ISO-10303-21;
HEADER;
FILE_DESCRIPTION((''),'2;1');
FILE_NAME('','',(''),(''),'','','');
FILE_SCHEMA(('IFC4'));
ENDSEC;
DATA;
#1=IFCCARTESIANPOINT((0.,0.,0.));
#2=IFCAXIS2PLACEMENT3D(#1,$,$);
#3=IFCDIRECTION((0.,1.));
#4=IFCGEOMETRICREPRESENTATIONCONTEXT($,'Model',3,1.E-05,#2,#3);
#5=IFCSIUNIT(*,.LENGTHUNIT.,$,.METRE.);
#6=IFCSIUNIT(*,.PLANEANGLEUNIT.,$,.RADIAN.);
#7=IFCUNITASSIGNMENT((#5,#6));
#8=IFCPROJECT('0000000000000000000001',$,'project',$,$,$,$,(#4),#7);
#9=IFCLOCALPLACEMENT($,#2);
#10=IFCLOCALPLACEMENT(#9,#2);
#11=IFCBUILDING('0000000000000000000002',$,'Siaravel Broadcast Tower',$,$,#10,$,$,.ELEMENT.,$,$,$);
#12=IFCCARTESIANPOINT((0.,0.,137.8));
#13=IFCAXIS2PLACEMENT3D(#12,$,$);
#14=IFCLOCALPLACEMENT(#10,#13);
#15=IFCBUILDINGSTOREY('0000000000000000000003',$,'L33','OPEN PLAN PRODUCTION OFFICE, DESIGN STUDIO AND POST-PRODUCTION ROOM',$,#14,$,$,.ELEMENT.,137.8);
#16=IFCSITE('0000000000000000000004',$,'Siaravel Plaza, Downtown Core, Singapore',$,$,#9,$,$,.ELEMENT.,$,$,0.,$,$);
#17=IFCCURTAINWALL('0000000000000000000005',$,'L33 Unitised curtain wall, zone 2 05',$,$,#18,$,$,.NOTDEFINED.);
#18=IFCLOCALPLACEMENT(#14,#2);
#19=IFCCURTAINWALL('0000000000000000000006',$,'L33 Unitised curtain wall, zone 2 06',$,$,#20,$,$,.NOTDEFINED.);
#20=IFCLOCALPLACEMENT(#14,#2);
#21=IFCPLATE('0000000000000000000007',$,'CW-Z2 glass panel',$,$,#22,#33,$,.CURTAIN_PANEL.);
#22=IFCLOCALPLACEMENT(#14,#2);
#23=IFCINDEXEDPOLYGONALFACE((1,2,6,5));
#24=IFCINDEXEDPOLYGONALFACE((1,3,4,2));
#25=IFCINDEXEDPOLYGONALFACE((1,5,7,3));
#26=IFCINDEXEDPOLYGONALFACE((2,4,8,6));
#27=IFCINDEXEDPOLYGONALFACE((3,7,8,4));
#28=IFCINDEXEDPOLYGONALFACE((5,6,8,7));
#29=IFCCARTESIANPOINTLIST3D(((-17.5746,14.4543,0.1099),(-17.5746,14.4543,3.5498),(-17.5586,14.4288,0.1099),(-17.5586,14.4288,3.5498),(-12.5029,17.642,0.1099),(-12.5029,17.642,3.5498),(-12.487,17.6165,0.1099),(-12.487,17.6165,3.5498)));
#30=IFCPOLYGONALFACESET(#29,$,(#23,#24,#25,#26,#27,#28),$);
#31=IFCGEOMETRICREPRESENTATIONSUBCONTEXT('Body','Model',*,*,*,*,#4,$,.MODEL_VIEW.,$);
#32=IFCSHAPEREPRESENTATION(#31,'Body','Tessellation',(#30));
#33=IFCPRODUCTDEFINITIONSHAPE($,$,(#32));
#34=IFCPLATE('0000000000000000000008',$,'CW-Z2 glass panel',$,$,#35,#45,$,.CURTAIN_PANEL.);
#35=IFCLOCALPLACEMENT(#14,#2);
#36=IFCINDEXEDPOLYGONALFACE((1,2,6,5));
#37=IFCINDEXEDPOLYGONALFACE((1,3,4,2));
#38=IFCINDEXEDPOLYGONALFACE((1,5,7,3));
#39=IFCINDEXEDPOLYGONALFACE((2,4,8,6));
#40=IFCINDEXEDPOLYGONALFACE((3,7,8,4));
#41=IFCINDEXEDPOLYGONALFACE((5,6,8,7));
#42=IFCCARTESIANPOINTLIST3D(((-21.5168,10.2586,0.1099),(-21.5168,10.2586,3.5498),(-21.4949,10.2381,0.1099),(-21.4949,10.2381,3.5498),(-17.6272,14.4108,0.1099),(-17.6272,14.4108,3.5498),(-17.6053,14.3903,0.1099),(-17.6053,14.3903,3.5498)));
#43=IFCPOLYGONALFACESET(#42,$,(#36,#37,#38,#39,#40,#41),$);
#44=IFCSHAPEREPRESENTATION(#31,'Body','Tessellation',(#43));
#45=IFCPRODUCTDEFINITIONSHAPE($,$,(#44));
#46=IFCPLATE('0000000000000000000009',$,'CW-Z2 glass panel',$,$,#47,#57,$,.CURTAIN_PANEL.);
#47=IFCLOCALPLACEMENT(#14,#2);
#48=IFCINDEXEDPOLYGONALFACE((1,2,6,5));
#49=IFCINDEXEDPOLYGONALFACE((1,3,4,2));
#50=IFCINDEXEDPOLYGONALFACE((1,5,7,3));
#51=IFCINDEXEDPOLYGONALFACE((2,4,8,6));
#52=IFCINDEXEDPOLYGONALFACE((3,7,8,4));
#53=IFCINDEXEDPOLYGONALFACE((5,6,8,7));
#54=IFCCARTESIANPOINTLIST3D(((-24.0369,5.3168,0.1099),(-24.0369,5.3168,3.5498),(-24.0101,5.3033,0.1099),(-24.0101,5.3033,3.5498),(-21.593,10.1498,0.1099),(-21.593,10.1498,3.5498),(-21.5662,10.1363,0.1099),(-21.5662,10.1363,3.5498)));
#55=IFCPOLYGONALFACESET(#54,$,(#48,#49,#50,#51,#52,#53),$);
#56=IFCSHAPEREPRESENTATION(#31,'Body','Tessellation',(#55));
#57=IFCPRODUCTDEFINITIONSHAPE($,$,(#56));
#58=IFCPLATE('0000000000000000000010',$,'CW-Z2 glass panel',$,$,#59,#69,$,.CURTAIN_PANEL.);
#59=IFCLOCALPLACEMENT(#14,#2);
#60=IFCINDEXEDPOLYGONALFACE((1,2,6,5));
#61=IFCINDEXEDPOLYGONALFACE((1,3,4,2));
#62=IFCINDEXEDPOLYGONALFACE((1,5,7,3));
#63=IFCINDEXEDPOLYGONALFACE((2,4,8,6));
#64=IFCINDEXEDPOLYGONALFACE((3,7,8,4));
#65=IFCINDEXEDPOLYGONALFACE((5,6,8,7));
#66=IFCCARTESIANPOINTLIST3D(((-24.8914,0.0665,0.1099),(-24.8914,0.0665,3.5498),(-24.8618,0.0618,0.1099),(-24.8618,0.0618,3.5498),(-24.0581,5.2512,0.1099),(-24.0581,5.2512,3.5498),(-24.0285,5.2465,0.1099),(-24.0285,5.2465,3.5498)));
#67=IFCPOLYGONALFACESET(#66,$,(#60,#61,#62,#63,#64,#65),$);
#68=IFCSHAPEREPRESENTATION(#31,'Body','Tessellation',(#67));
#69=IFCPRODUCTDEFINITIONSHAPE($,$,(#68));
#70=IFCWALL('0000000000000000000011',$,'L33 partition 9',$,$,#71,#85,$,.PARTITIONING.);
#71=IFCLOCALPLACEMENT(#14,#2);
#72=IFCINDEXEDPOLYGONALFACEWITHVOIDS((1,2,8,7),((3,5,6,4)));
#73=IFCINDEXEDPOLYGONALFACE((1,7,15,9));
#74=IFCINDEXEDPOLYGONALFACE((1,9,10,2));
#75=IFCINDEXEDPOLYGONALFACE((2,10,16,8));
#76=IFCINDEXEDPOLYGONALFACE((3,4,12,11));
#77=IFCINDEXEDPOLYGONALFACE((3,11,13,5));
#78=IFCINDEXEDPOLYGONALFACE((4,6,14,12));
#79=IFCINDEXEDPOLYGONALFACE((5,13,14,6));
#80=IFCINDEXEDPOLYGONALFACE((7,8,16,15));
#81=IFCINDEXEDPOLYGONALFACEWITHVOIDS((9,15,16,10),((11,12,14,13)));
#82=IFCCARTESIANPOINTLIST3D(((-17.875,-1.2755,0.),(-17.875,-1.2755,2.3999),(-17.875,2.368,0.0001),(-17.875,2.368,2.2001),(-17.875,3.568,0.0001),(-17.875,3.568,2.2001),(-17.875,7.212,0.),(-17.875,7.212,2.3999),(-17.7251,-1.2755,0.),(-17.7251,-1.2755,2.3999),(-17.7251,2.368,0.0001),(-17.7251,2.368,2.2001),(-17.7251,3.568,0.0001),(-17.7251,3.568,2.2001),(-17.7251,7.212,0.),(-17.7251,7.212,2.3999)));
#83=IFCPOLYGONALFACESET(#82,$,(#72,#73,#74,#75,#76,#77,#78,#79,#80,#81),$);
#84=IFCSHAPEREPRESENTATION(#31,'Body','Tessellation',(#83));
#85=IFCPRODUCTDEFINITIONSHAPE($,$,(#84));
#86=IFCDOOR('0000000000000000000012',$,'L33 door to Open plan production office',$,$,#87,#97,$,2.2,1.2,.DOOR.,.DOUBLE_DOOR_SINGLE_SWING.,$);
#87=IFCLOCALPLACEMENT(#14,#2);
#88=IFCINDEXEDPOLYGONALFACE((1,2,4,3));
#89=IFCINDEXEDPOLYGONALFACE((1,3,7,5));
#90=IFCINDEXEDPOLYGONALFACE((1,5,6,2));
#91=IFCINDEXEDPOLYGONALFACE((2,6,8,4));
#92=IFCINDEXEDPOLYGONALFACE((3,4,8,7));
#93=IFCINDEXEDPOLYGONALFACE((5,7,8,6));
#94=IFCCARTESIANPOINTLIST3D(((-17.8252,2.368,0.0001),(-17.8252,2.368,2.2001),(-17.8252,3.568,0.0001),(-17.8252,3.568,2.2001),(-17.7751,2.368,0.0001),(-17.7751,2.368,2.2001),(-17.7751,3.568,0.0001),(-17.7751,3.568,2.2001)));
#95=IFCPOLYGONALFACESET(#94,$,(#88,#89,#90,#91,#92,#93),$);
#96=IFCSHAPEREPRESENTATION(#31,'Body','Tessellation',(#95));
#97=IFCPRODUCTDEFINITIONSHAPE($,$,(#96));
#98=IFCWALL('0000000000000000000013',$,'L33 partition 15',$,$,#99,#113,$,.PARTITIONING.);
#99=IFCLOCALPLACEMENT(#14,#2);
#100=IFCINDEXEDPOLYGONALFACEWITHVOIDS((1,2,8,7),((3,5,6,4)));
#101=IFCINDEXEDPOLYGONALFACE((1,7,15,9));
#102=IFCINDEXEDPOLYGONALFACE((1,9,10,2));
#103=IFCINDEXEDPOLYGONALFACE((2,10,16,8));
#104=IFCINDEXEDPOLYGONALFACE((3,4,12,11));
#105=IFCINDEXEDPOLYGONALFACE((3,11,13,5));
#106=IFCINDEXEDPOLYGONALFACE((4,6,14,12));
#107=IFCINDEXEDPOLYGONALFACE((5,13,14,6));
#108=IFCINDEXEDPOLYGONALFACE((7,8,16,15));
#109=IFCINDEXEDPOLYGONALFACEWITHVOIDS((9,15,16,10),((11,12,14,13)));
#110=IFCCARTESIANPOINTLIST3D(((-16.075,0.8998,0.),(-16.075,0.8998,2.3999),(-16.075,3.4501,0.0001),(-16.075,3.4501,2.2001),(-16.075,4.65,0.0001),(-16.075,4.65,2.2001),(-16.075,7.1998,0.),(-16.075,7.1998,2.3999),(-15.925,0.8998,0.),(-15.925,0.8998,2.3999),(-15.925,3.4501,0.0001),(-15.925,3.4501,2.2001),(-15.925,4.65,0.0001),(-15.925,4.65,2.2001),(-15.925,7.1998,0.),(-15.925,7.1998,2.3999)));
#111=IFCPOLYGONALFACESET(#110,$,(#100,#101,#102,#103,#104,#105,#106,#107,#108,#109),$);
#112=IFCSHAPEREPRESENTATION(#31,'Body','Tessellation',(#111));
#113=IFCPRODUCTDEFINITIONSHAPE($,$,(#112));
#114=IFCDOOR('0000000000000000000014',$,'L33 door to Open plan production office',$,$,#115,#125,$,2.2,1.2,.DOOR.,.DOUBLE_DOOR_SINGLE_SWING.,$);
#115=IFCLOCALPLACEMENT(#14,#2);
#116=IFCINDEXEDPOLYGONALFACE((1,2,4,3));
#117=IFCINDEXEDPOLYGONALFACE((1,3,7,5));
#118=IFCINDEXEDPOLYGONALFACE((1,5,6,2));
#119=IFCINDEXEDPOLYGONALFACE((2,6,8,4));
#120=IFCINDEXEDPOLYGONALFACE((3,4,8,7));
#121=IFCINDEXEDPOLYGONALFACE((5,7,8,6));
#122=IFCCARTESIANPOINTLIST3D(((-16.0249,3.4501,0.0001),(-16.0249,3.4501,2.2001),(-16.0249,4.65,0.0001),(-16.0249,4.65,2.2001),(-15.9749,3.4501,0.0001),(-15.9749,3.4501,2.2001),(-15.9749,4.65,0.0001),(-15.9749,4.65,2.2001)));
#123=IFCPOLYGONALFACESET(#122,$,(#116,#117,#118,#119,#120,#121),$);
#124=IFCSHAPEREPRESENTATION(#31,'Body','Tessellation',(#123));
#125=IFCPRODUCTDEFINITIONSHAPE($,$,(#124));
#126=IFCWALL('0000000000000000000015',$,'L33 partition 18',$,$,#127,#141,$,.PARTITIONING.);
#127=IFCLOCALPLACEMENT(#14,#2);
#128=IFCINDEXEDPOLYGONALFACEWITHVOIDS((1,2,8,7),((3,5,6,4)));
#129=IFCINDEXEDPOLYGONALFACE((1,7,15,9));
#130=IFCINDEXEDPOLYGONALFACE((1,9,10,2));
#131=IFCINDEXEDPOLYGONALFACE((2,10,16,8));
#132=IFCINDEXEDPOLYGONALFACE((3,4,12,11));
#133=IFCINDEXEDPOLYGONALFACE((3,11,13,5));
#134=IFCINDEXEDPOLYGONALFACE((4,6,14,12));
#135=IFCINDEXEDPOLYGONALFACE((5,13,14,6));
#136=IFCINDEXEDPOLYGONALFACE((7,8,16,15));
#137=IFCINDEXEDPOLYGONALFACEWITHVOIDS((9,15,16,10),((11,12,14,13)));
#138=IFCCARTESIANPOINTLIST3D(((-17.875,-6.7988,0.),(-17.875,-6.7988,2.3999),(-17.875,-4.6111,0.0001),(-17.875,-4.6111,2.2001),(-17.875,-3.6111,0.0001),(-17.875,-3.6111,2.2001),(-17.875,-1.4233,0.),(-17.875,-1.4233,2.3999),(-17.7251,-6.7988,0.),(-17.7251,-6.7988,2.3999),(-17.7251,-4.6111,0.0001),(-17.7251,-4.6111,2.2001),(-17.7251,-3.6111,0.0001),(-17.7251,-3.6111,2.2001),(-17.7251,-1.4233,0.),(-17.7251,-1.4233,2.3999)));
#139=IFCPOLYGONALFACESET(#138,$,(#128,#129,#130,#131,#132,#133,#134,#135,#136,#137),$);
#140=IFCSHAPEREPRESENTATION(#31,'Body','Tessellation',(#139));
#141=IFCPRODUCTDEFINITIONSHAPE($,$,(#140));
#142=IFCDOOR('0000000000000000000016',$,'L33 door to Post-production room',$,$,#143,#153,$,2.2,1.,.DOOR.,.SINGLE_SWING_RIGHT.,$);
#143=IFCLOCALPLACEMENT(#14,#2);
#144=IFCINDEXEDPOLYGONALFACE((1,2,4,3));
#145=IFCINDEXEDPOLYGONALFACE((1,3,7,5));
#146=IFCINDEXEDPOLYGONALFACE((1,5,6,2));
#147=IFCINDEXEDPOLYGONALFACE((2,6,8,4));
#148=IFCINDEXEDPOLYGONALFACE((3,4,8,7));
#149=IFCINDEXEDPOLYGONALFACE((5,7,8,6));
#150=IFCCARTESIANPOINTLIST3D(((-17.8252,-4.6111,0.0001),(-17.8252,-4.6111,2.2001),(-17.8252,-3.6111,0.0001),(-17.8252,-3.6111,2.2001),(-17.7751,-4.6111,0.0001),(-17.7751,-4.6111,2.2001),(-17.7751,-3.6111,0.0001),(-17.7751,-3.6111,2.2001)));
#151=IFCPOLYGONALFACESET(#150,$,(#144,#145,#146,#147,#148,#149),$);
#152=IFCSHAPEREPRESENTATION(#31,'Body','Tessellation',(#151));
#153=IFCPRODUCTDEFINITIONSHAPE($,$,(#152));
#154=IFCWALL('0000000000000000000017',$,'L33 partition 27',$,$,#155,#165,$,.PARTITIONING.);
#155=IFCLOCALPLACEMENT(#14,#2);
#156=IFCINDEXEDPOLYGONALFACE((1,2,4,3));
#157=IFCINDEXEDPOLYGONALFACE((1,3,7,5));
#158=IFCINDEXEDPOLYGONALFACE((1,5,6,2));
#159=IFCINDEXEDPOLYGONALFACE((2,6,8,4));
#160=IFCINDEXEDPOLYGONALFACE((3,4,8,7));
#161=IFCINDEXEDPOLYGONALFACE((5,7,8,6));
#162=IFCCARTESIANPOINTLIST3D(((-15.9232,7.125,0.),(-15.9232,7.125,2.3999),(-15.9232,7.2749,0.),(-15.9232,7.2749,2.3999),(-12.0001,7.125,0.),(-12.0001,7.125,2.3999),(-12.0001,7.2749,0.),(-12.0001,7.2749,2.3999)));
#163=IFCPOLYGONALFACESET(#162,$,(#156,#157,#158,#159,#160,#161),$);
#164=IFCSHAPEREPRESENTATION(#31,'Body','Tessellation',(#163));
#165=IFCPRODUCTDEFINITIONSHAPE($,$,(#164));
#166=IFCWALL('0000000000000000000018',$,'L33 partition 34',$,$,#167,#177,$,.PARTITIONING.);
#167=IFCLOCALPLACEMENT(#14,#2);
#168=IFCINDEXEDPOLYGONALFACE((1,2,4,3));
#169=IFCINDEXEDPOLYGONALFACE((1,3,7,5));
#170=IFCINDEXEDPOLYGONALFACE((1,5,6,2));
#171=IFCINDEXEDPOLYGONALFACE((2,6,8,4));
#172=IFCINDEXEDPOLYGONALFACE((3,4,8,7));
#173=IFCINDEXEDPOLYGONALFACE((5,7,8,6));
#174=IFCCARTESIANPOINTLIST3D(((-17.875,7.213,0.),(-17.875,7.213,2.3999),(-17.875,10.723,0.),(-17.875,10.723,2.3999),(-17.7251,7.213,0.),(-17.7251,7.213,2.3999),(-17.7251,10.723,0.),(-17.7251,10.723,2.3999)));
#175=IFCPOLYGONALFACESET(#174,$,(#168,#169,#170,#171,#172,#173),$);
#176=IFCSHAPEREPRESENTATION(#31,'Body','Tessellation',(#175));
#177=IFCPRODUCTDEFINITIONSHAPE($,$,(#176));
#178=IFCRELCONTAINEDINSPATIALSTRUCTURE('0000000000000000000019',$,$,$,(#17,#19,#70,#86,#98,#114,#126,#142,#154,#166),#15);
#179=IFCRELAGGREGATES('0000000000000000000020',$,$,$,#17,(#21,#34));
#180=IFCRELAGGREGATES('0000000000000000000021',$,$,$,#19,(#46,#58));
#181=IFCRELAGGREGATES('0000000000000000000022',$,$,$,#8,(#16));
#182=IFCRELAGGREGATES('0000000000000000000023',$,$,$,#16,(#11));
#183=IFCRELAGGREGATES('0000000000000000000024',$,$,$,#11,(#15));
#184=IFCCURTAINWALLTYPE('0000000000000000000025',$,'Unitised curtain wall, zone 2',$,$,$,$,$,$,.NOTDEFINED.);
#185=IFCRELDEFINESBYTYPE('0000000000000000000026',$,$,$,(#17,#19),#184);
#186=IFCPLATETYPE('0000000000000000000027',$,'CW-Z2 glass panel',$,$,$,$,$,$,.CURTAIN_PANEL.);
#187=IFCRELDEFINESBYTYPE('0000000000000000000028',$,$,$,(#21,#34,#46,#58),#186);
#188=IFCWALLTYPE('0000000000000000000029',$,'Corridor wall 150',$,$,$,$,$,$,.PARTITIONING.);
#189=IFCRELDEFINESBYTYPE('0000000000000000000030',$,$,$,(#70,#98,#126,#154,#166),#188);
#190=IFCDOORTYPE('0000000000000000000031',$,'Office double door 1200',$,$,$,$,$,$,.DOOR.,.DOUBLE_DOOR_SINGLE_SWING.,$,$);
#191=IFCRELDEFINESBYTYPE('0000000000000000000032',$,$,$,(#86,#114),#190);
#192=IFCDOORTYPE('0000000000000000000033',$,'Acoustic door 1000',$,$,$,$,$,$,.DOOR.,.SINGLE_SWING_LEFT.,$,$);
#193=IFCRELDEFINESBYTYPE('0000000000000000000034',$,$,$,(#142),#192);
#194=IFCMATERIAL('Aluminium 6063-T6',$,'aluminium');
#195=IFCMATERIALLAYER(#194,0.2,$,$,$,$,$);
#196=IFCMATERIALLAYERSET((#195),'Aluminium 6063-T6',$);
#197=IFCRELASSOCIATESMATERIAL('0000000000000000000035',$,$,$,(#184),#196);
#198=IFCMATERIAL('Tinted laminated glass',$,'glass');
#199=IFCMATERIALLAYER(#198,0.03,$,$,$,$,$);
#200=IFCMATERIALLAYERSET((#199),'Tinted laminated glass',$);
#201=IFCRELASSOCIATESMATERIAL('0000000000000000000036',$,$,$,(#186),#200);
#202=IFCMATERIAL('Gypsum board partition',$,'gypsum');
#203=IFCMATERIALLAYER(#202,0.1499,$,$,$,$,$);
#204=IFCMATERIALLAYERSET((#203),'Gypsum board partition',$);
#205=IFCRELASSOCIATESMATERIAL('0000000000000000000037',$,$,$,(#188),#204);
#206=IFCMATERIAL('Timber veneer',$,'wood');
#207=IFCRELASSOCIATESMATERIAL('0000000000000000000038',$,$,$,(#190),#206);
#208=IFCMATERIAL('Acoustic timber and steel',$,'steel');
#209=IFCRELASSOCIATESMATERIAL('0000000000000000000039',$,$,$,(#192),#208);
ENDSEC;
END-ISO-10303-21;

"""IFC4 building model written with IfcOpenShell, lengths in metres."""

from ifc_helpers import new_model, si_unit, direction, frame, frame_2d, origin, origin_2d, place, context, subcontext, project, spatial, rectangle, extrude, material, layer, layer_set, type_object, element, fill, aggregate, save


model = new_model("IFC4")

# Units and contexts
model_context = context("Model", 3, precision=1e-05, world=origin(), true_north=direction((0.0, 1.0)))
body_context = subcontext(model_context, "Body", "Model", "MODEL_VIEW")
ifc_project = project(units=[si_unit("LENGTHUNIT", "METRE"), si_unit("PLANEANGLEUNIT", "RADIAN")], contexts=[model_context])

# Site, building, storey
site_placement = place(None, origin())
site = spatial("IfcSite", under=ifc_project, at=site_placement, Name="Siaravel Plaza, Downtown Core, Singapore", CompositionType="ELEMENT", RefElevation=0.0)
building_placement = place(site_placement, origin())
building = spatial("IfcBuilding", under=site, at=building_placement, Name="Siaravel Broadcast Tower", CompositionType="ELEMENT")
storey_placement = place(building_placement, frame((0.0, 0.0, 137.8)))
storey = spatial("IfcBuildingStorey", under=building, at=storey_placement, Name="L33", Description="OPEN PLAN PRODUCTION OFFICE, DESIGN STUDIO AND POST-PRODUCTION ROOM", CompositionType="ELEMENT", Elevation=137.8)

# Curtain walls
ifc_material_1 = material(Name="Aluminium 6063-T6", Category="aluminium")
ifc_layer_1 = layer(ifc_material_1, 0.2)
ifc_layer_set_1 = layer_set([ifc_layer_1], Name="Aluminium 6063-T6")
curtain_wall_type = type_object("IfcCurtainWallType", Name="Unitised curtain wall, zone 2", PredefinedType="NOTDEFINED", material=ifc_layer_set_1)
curtain_wall_1_placement = place(storey_placement, origin())
curtain_wall_1 = element("IfcCurtainWall", 1, at=curtain_wall_1_placement, inside=storey, type_object=curtain_wall_type, Name="L33 Unitised curtain wall, zone 2 05", PredefinedType="NOTDEFINED")
curtain_wall_2_placement = place(storey_placement, origin())
curtain_wall_2 = element("IfcCurtainWall", 2, at=curtain_wall_2_placement, inside=storey, type_object=curtain_wall_type, Name="L33 Unitised curtain wall, zone 2 06", PredefinedType="NOTDEFINED")

# Plates
ifc_material_2 = material(Name="Tinted laminated glass", Category="glass")
ifc_layer_2 = layer(ifc_material_2, 0.03)
ifc_layer_set_2 = layer_set([ifc_layer_2], Name="Tinted laminated glass")
plate_type = type_object("IfcPlateType", Name="CW-Z2 glass panel", PredefinedType="CURTAIN_PANEL", material=ifc_layer_set_2)
plate_1_placement = place(storey_placement, frame((-15.0308, 16.0354, 0.1099), z_axis=(0.0, 0.0, 1.0), x_axis=(-0.846649, -0.532151, 0.0)))
plate_1 = element("IfcPlate", 3, at=plate_1_placement, type_object=plate_type, Name="CW-Z2 glass panel", PredefinedType="CURTAIN_PANEL", context=body_context, shape_type="SweptSolid", body=[
    extrude(rectangle(XDim=5.9902, YDim=0.03, at=origin_2d()), origin(), (0.0, 0.0, 1.0), 3.4399),
])
plate_2_placement = place(storey_placement, frame((-19.561, 12.3245, 0.1099), z_axis=(0.0, 0.0, 1.0), x_axis=(-0.683653, -0.729807, 0.0)))
plate_2 = element("IfcPlate", 4, at=plate_2_placement, type_object=plate_type, Name="CW-Z2 glass panel", PredefinedType="CURTAIN_PANEL", context=body_context, shape_type="SweptSolid", body=[
    extrude(rectangle(XDim=5.6895, YDim=0.03, at=origin_2d()), origin(), (0.0, 0.0, 1.0), 3.4399),
])
aggregate(curtain_wall_1, [plate_1, plate_2])
plate_3_placement = place(storey_placement, frame((-22.8015, 7.7266, 0.1099), z_axis=(0.0, 0.0, 1.0), x_axis=(-0.451259, -0.892393, 0.0)))
plate_3 = element("IfcPlate", 5, at=plate_3_placement, type_object=plate_type, Name="CW-Z2 glass panel", PredefinedType="CURTAIN_PANEL", context=body_context, shape_type="SweptSolid", body=[
    extrude(rectangle(XDim=5.4158, YDim=0.03, at=origin_2d()), origin(), (0.0, 0.0, 1.0), 3.4399),
])
plate_4_placement = place(storey_placement, frame((-24.46, 2.6565, 0.1099), z_axis=(0.0, 0.0, 1.0), x_axis=(-0.158685, -0.987329, 0.0)))
plate_4 = element("IfcPlate", 6, at=plate_4_placement, type_object=plate_type, Name="CW-Z2 glass panel", PredefinedType="CURTAIN_PANEL", context=body_context, shape_type="SweptSolid", body=[
    extrude(rectangle(XDim=5.2512, YDim=0.03, at=origin_2d()), origin(), (0.0, 0.0, 1.0), 3.4399),
])
aggregate(curtain_wall_2, [plate_3, plate_4])

# Walls, openings, doors
ifc_material_3 = material(Name="Gypsum board partition", Category="gypsum")
ifc_layer_3 = layer(ifc_material_3, 0.1499)
ifc_layer_set_3 = layer_set([ifc_layer_3], Name="Gypsum board partition")
wall_type_1 = type_object("IfcWallType", Name="Corridor wall 150", PredefinedType="PARTITIONING", material=ifc_layer_set_3)
wall_1_placement = place(storey_placement, frame((-17.8, 7.2119, 0.0), z_axis=(0.0, 0.0, 1.0), x_axis=(0.0, -1.0, 0.0)))
wall_1 = element("IfcWall", 7, at=wall_1_placement, inside=storey, type_object=wall_type_1, Name="L33 partition 9", PredefinedType="PARTITIONING", context=body_context, shape_type="SweptSolid", body=[
    extrude(rectangle(XDim=8.4875, YDim=0.1499, at=frame_2d((4.2437, 0.0))), origin(), (0.0, 0.0, 1.0), 2.3999),
])
opening_1_placement = place(wall_1_placement, frame((3.6438, 0.0, 0.0)))
opening_1 = element("IfcOpeningElement", 8, at=opening_1_placement, cuts=wall_1, PredefinedType="OPENING", context=body_context, shape_type="SweptSolid", body=[
    extrude(rectangle(XDim=1.2, YDim=2.2, at=frame_2d((0.6001, 1.1001))), frame((0.0, 0.085, 0.0), z_axis=(0.0, -1.0, 0.0), x_axis=(1.0, 0.0, 0.0)), (0.0, 0.0, 1.0), 0.1699),
])
ifc_material_4 = material(Name="Timber veneer", Category="wood")
door_type_1 = type_object("IfcDoorType", Name="Office double door 1200", OperationType="DOUBLE_DOOR_SINGLE_SWING", PredefinedType="DOOR", material=ifc_material_4)
door_1_placement = place(opening_1_placement, origin())
door_1 = element("IfcDoor", 9, at=door_1_placement, inside=storey, type_object=door_type_1, Name="L33 door to Open plan production office", OperationType="DOUBLE_DOOR_SINGLE_SWING", OverallHeight=2.2, OverallWidth=1.2, PredefinedType="DOOR", context=body_context, shape_type="SweptSolid", body=[
    extrude(rectangle(XDim=1.2, YDim=2.2, at=frame_2d((0.6001, 1.1001))), frame((0.0, 0.0249, 0.0), z_axis=(0.0, -1.0, 0.0), x_axis=(1.0, 0.0, 0.0)), (0.0, 0.0, 1.0), 0.05),
])
fill(opening_1, door_1)
wall_2_placement = place(storey_placement, frame((-16.0, 0.8999, 0.0), z_axis=(0.0, 0.0, 1.0), x_axis=(0.0, 1.0, 0.0)))
wall_2 = element("IfcWall", 10, at=wall_2_placement, inside=storey, type_object=wall_type_1, Name="L33 partition 15", PredefinedType="PARTITIONING", context=body_context, shape_type="SweptSolid", body=[
    extrude(rectangle(XDim=6.3, YDim=0.1499, at=frame_2d((3.1499, 0.0))), origin(), (0.0, 0.0, 1.0), 2.3999),
])
opening_2_placement = place(wall_2_placement, frame((2.55, 0.0, 0.0)))
opening_2 = element("IfcOpeningElement", 11, at=opening_2_placement, cuts=wall_2, PredefinedType="OPENING", context=body_context, shape_type="SweptSolid", body=[
    extrude(rectangle(XDim=1.2, YDim=2.2, at=frame_2d((0.6001, 1.1001))), frame((0.0, 0.085, 0.0), z_axis=(0.0, -1.0, 0.0), x_axis=(1.0, 0.0, 0.0)), (0.0, 0.0, 1.0), 0.1699),
])
door_2_placement = place(opening_2_placement, origin())
door_2 = element("IfcDoor", 12, at=door_2_placement, inside=storey, type_object=door_type_1, Name="L33 door to Open plan production office", OperationType="DOUBLE_DOOR_SINGLE_SWING", OverallHeight=2.2, OverallWidth=1.2, PredefinedType="DOOR", context=body_context, shape_type="SweptSolid", body=[
    extrude(rectangle(XDim=1.2, YDim=2.2, at=frame_2d((0.6001, 1.1001))), frame((0.0, 0.0249, 0.0), z_axis=(0.0, -1.0, 0.0), x_axis=(1.0, 0.0, 0.0)), (0.0, 0.0, 1.0), 0.05),
])
fill(opening_2, door_2)
wall_3_placement = place(storey_placement, frame((-17.8, -1.4233, 0.0), z_axis=(0.0, 0.0, 1.0), x_axis=(0.0, -1.0, 0.0)))
wall_3 = element("IfcWall", 13, at=wall_3_placement, inside=storey, type_object=wall_type_1, Name="L33 partition 18", PredefinedType="PARTITIONING", context=body_context, shape_type="SweptSolid", body=[
    extrude(rectangle(XDim=5.3755, YDim=0.1499, at=frame_2d((2.6877, 0.0))), origin(), (0.0, 0.0, 1.0), 2.3999),
])
opening_3_placement = place(wall_3_placement, frame((2.1877, 0.0, 0.0)))
opening_3 = element("IfcOpeningElement", 14, at=opening_3_placement, cuts=wall_3, PredefinedType="OPENING", context=body_context, shape_type="SweptSolid", body=[
    extrude(rectangle(XDim=1.0, YDim=2.2, at=frame_2d((0.5, 1.1001))), frame((0.0, 0.085, 0.0), z_axis=(0.0, -1.0, 0.0), x_axis=(1.0, 0.0, 0.0)), (0.0, 0.0, 1.0), 0.1699),
])
ifc_material_5 = material(Name="Acoustic timber and steel", Category="steel")
door_type_2 = type_object("IfcDoorType", Name="Acoustic door 1000", OperationType="SINGLE_SWING_LEFT", PredefinedType="DOOR", material=ifc_material_5)
door_3_placement = place(opening_3_placement, origin())
door_3 = element("IfcDoor", 15, at=door_3_placement, inside=storey, type_object=door_type_2, Name="L33 door to Post-production room", OperationType="SINGLE_SWING_RIGHT", OverallHeight=2.2, OverallWidth=1.0, PredefinedType="DOOR", context=body_context, shape_type="SweptSolid", body=[
    extrude(rectangle(XDim=1.0, YDim=2.2, at=frame_2d((0.5, 1.1001))), frame((0.0, 0.0249, 0.0), z_axis=(0.0, -1.0, 0.0), x_axis=(1.0, 0.0, 0.0)), (0.0, 0.0, 1.0), 0.05),
])
fill(opening_3, door_3)

# Walls
wall_4_placement = place(storey_placement, frame((-15.9231, 7.2, 0.0), z_axis=(0.0, 0.0, 1.0), x_axis=(1.0, 0.0, 0.0)))
element("IfcWall", 16, at=wall_4_placement, inside=storey, type_object=wall_type_1, Name="L33 partition 27", PredefinedType="PARTITIONING", context=body_context, shape_type="SweptSolid", body=[
    extrude(rectangle(XDim=3.9231, YDim=0.1499, at=frame_2d((1.9614, 0.0))), origin(), (0.0, 0.0, 1.0), 2.3999),
])
wall_5_placement = place(storey_placement, frame((-17.8, 10.7229, 0.0), z_axis=(0.0, 0.0, 1.0), x_axis=(0.0, -1.0, 0.0)))
element("IfcWall", 17, at=wall_5_placement, inside=storey, type_object=wall_type_1, Name="L33 partition 34", PredefinedType="PARTITIONING", context=body_context, shape_type="SweptSolid", body=[
    extrude(rectangle(XDim=3.51, YDim=0.1499, at=frame_2d((1.7549, 0.0))), origin(), (0.0, 0.0, 1.0), 2.3999),
])

save(model, "model.ifc")
